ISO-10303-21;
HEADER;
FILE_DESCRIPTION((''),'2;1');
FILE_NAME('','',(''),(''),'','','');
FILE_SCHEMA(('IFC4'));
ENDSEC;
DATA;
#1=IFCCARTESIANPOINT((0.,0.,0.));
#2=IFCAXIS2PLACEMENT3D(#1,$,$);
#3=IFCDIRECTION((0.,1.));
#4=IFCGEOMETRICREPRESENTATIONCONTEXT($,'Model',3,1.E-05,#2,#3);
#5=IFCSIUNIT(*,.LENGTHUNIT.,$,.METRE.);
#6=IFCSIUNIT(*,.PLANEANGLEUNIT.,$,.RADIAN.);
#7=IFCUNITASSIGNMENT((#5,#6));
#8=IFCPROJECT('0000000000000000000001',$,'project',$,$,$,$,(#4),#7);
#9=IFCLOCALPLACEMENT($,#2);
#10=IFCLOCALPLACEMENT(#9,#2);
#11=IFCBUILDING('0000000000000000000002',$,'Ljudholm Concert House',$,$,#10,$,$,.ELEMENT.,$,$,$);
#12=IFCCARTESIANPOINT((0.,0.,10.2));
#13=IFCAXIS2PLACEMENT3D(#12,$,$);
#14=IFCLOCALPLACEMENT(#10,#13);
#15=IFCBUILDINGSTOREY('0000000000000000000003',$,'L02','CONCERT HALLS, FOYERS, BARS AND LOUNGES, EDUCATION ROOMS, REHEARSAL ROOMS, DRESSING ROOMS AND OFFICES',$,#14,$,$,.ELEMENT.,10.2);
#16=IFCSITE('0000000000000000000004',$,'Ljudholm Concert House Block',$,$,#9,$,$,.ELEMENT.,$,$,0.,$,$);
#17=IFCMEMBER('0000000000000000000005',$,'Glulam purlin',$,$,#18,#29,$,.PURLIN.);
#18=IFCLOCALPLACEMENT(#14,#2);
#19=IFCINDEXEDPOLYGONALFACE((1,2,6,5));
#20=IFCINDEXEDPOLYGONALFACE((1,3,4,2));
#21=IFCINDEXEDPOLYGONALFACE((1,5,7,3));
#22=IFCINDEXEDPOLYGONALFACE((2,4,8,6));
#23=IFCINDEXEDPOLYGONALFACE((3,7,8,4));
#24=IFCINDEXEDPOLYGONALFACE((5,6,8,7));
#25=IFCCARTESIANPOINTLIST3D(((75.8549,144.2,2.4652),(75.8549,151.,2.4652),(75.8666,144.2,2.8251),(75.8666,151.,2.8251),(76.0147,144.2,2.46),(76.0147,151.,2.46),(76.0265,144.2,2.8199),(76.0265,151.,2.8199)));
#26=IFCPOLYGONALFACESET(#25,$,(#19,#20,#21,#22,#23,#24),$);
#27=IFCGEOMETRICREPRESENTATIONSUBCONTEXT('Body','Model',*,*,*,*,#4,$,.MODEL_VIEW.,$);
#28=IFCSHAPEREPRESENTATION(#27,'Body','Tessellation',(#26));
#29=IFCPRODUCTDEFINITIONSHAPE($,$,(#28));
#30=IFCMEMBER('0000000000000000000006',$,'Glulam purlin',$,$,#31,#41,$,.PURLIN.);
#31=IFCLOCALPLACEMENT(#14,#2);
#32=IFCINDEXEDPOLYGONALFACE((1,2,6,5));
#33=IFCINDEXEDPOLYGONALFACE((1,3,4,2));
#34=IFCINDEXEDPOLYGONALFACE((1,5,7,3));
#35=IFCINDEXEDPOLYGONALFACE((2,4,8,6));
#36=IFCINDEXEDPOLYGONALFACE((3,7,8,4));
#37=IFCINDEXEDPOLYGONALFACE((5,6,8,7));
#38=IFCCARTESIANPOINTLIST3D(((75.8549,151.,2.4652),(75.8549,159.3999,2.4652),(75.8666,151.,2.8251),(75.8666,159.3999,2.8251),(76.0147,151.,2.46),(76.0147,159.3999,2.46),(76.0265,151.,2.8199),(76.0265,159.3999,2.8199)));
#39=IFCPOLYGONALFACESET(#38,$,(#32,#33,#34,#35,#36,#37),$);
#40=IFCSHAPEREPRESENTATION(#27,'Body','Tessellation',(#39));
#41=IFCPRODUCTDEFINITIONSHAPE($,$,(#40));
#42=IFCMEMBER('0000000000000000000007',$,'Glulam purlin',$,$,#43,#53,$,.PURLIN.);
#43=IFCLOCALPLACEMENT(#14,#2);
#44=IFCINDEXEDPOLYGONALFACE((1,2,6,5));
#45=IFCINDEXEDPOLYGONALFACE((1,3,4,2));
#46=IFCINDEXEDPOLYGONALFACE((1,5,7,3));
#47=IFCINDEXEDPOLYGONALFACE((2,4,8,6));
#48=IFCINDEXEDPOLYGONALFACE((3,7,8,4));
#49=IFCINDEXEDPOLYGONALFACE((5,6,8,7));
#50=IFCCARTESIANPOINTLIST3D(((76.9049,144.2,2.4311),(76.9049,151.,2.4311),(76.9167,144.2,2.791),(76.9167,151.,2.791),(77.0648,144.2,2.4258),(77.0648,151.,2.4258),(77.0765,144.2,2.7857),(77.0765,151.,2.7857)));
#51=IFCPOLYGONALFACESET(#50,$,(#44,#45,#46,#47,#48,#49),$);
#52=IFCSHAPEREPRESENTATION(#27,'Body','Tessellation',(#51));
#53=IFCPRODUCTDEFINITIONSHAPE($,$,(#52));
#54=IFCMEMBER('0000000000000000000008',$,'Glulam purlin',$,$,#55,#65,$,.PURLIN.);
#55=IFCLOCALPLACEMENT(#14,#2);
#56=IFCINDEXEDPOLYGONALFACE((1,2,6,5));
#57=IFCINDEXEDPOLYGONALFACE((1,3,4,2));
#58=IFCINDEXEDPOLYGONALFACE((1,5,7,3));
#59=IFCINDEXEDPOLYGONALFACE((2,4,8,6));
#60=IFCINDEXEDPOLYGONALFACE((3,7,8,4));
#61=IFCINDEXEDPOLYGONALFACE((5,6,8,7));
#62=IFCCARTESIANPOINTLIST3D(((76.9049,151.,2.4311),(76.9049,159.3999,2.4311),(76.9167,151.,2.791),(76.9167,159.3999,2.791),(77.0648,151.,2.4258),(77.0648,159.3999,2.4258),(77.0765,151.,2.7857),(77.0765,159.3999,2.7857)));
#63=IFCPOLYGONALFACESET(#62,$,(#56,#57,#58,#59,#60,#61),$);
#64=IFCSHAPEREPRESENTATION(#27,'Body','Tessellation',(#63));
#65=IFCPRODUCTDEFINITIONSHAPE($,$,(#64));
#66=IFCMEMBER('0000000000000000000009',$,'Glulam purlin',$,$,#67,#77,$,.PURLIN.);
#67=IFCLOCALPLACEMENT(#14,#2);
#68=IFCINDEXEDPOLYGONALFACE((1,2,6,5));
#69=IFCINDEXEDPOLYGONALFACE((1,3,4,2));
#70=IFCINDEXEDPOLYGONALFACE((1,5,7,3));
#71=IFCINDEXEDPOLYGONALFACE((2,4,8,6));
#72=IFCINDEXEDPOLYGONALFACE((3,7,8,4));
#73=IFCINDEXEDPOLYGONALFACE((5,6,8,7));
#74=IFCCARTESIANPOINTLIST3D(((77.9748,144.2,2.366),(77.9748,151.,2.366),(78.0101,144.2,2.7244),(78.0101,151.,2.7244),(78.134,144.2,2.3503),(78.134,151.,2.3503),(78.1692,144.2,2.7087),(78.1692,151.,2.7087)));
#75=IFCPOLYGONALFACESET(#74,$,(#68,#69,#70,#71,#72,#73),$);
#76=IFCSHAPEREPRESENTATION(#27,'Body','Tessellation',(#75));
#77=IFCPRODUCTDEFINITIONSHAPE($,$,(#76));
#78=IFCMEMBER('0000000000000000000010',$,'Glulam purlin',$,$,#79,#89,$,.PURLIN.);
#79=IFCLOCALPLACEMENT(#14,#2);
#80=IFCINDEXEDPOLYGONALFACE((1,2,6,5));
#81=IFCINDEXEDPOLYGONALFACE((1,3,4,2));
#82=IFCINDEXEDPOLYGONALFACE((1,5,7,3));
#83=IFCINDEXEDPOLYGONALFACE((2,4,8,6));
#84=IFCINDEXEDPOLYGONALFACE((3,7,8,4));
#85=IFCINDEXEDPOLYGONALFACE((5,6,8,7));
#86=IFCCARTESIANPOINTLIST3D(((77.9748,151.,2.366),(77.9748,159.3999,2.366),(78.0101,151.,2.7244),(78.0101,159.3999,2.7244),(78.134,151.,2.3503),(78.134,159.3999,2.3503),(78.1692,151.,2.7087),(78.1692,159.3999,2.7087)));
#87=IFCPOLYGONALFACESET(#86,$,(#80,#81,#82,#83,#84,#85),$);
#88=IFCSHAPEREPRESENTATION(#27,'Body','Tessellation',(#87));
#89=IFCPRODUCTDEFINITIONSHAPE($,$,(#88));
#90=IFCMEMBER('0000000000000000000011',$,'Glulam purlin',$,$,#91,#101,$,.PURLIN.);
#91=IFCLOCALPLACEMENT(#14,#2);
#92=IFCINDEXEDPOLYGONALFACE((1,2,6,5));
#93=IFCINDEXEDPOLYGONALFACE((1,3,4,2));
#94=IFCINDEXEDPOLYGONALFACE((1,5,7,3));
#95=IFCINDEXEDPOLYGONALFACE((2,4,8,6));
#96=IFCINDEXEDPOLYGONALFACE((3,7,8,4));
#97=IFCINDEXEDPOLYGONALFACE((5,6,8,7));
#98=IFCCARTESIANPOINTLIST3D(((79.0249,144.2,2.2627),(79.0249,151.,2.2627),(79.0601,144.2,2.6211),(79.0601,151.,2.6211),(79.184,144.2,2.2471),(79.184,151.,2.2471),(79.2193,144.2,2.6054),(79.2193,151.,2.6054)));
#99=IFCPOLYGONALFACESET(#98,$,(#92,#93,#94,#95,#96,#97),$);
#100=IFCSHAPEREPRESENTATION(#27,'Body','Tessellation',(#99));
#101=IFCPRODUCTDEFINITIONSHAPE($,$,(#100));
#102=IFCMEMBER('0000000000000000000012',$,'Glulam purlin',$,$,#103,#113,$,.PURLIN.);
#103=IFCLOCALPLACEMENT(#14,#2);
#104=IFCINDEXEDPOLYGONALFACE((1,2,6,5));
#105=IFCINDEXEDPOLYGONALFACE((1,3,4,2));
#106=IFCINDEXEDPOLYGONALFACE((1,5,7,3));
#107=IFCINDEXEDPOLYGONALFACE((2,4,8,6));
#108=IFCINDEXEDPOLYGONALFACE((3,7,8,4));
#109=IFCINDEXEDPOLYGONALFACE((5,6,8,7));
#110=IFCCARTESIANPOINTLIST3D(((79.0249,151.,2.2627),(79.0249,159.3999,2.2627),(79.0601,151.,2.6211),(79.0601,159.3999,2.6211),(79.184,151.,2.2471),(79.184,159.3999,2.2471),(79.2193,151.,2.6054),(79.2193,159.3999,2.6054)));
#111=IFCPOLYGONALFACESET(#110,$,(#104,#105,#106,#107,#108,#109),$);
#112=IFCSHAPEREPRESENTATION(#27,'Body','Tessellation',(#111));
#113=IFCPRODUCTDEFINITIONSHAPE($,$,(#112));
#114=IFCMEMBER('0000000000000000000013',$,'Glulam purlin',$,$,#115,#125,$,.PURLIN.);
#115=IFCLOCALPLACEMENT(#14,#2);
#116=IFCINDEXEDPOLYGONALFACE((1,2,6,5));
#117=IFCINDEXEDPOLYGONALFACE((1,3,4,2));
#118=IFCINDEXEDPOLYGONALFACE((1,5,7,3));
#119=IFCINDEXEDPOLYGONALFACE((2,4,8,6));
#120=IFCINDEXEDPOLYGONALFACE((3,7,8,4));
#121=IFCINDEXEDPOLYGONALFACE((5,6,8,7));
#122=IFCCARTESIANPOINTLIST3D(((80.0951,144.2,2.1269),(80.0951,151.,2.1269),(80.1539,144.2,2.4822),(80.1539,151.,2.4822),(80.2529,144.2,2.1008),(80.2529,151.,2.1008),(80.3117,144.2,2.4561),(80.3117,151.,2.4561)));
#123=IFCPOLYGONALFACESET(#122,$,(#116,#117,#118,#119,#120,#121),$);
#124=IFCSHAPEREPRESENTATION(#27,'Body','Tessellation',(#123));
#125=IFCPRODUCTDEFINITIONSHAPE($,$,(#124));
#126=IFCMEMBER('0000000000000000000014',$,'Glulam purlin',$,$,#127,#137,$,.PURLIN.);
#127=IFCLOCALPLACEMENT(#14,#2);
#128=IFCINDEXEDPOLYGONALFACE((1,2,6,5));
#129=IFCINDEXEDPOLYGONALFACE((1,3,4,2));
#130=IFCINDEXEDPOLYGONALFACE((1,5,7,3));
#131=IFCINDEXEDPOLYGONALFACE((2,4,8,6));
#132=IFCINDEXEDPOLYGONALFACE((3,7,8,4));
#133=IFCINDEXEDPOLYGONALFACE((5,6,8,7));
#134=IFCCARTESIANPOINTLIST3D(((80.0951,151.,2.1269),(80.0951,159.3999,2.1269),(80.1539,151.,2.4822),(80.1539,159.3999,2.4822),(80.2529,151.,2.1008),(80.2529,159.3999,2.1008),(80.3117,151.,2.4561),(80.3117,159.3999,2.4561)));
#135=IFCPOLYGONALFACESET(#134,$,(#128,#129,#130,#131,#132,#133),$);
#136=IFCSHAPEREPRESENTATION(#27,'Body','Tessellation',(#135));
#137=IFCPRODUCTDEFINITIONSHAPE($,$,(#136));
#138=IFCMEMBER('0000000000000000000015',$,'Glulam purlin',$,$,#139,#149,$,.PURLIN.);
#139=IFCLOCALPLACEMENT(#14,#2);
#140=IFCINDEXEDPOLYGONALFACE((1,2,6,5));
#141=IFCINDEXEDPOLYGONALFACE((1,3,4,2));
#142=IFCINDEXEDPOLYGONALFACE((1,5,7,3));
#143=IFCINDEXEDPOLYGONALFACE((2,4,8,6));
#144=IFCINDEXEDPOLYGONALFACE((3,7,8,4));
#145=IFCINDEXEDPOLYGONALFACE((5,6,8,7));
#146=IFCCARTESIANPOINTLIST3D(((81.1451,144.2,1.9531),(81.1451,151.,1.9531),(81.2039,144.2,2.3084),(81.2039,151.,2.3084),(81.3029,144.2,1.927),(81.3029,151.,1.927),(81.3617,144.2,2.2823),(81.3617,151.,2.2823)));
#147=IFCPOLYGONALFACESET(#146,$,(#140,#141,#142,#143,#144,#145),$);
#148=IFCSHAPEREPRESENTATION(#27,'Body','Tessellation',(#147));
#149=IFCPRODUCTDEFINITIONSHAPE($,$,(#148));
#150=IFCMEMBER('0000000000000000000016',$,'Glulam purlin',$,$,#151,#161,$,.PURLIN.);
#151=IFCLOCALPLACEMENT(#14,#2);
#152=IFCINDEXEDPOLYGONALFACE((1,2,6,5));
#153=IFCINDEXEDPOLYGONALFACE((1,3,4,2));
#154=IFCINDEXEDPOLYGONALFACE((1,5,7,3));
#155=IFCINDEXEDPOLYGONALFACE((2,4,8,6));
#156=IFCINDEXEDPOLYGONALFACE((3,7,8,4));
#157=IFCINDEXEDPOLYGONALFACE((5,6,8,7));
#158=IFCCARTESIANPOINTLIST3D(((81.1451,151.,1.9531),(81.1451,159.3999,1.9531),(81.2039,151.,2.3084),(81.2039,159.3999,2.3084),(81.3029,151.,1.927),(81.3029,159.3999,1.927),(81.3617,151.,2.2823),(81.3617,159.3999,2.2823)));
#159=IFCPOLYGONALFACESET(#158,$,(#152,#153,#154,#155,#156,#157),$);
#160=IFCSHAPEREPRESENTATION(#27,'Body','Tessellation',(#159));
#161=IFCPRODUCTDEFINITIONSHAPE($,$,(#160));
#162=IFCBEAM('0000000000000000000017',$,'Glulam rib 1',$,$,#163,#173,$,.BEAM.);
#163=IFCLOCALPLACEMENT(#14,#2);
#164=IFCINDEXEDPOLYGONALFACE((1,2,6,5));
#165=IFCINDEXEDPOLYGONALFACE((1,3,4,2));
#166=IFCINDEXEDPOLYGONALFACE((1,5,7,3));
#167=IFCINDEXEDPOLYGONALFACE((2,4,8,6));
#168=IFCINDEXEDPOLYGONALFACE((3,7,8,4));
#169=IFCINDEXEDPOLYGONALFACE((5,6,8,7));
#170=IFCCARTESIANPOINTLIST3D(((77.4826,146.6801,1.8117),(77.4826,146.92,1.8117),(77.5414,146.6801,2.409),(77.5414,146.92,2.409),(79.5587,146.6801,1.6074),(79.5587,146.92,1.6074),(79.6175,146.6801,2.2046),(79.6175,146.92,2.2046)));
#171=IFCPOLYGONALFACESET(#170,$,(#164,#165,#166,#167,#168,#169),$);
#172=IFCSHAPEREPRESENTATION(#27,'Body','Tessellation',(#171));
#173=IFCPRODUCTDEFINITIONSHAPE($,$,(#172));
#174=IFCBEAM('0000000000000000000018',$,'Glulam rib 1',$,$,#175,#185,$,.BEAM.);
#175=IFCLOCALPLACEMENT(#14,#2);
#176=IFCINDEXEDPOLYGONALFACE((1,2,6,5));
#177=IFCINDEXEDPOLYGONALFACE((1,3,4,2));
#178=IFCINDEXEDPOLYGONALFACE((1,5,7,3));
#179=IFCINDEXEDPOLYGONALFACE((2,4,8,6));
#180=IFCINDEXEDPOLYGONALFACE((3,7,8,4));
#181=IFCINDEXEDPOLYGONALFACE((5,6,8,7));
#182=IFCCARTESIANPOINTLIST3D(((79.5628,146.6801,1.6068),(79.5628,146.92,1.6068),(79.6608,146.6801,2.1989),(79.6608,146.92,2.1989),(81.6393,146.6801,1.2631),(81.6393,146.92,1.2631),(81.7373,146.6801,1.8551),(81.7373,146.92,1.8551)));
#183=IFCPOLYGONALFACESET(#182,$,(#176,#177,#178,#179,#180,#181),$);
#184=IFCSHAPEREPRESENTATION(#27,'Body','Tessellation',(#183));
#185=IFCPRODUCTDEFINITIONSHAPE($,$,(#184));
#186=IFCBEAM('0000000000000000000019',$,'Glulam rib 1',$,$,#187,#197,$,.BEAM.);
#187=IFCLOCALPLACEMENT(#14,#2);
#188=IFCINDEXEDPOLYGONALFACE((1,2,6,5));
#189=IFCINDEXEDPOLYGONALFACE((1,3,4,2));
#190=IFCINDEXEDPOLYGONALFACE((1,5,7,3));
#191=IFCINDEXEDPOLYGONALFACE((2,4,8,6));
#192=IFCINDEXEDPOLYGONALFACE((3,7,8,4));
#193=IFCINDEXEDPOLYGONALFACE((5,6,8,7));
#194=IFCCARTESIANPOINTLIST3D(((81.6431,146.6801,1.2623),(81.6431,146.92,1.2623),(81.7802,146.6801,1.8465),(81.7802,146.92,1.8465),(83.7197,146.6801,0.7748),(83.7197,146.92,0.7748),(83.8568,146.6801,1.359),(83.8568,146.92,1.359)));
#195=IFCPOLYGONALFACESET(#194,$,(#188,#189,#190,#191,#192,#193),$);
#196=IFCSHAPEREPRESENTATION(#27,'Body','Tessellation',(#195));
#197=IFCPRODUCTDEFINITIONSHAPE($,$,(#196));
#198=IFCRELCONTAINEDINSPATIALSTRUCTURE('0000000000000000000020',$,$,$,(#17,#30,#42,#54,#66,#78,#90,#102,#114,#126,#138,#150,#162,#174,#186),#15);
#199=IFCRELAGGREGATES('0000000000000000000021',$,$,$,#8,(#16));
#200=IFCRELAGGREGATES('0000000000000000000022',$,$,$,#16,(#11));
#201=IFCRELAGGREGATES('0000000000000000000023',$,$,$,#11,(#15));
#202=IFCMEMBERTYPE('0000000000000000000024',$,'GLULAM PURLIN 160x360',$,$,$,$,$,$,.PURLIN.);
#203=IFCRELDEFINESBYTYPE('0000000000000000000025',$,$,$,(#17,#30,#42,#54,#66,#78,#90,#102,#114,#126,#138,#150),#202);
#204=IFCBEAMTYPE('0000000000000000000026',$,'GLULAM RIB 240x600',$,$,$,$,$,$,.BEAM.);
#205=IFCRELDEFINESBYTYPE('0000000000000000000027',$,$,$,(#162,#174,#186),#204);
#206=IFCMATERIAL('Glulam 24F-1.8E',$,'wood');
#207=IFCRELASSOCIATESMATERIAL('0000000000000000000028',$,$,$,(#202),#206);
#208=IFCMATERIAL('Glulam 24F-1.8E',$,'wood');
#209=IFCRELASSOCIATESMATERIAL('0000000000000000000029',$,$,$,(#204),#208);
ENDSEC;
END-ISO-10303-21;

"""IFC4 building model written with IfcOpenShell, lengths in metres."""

from ifc_helpers import new_model, si_unit, direction, frame, origin, origin_2d, place, context, subcontext, project, spatial, rectangle, extrude, material, material_profile, profile_set, type_object, element, save


model = new_model("IFC4")

# Units and contexts
model_context = context("Model", 3, precision=1e-05, world=origin(), true_north=direction((0.0, 1.0)))
body_context = subcontext(model_context, "Body", "Model", "MODEL_VIEW")
ifc_project = project(units=[si_unit("LENGTHUNIT", "METRE"), si_unit("PLANEANGLEUNIT", "RADIAN")], contexts=[model_context])

# Site, building, storey
site_placement = place(None, origin())
site = spatial("IfcSite", under=ifc_project, at=site_placement, Name="Ljudholm Concert House Block", CompositionType="ELEMENT", RefElevation=0.0)
building_placement = place(site_placement, origin())
building = spatial("IfcBuilding", under=site, at=building_placement, Name="Ljudholm Concert House", CompositionType="ELEMENT")
storey_placement = place(building_placement, frame((0.0, 0.0, 10.2)))
storey = spatial("IfcBuildingStorey", under=building, at=storey_placement, Name="L02", Description="CONCERT HALLS, FOYERS, BARS AND LOUNGES, EDUCATION ROOMS, REHEARSAL ROOMS, DRESSING ROOMS AND OFFICES", CompositionType="ELEMENT", Elevation=10.2)

# Members
ifc_material_1 = material(Name="Glulam 24F-1.8E", Category="wood")
ifc_material_profile_1 = material_profile(ifc_material_1, rectangle(XDim=0.1599, YDim=0.3601, at=origin_2d()), Name="GLULAM PURLIN 160x360")
ifc_profile_set_1 = profile_set([ifc_material_profile_1], Name="Glulam 24F-1.8E")
member_type = type_object("IfcMemberType", Name="GLULAM PURLIN 160x360", PredefinedType="PURLIN", material=ifc_profile_set_1)
member_1_placement = place(storey_placement, frame((75.9407, 144.2, 2.6426), z_axis=(0.0, 1.0, 0.0), x_axis=(-0.999467, 0.0, 0.032655)))
element("IfcMember", 1, at=member_1_placement, inside=storey, type_object=member_type, Name="Glulam purlin", PredefinedType="PURLIN", context=body_context, shape_type="SweptSolid", body=[
    extrude(rectangle(XDim=0.1599, YDim=0.3601, at=origin_2d()), origin(), (0.0, 0.0, 1.0), 6.8),
])
member_2_placement = place(storey_placement, frame((75.9407, 151.0, 2.6426), z_axis=(0.0, 1.0, 0.0), x_axis=(-0.999467, 0.0, 0.032655)))
element("IfcMember", 2, at=member_2_placement, inside=storey, type_object=member_type, Name="Glulam purlin", PredefinedType="PURLIN", context=body_context, shape_type="SweptSolid", body=[
    extrude(rectangle(XDim=0.1599, YDim=0.3601, at=origin_2d()), origin(), (0.0, 0.0, 1.0), 8.3999),
])
member_3_placement = place(storey_placement, frame((76.9907, 144.2, 2.6084), z_axis=(0.0, 1.0, 0.0), x_axis=(-0.999467, 0.0, 0.032655)))
element("IfcMember", 3, at=member_3_placement, inside=storey, type_object=member_type, Name="Glulam purlin", PredefinedType="PURLIN", context=body_context, shape_type="SweptSolid", body=[
    extrude(rectangle(XDim=0.1599, YDim=0.3601, at=origin_2d()), origin(), (0.0, 0.0, 1.0), 6.8),
])
member_4_placement = place(storey_placement, frame((76.9907, 151.0, 2.6084), z_axis=(0.0, 1.0, 0.0), x_axis=(-0.999467, 0.0, 0.032655)))
element("IfcMember", 4, at=member_4_placement, inside=storey, type_object=member_type, Name="Glulam purlin", PredefinedType="PURLIN", context=body_context, shape_type="SweptSolid", body=[
    extrude(rectangle(XDim=0.1599, YDim=0.3601, at=origin_2d()), origin(), (0.0, 0.0, 1.0), 8.3999),
])
member_5_placement = place(storey_placement, frame((78.072, 144.2, 2.5374), z_axis=(0.0, 1.0, 0.0), x_axis=(-0.99519, 0.0, 0.097964)))
element("IfcMember", 5, at=member_5_placement, inside=storey, type_object=member_type, Name="Glulam purlin", PredefinedType="PURLIN", context=body_context, shape_type="SweptSolid", body=[
    extrude(rectangle(XDim=0.1599, YDim=0.3601, at=origin_2d()), origin(), (0.0, 0.0, 1.0), 6.8),
])
member_6_placement = place(storey_placement, frame((78.072, 151.0, 2.5374), z_axis=(0.0, 1.0, 0.0), x_axis=(-0.99519, 0.0, 0.097964)))
element("IfcMember", 6, at=member_6_placement, inside=storey, type_object=member_type, Name="Glulam purlin", PredefinedType="PURLIN", context=body_context, shape_type="SweptSolid", body=[
    extrude(rectangle(XDim=0.1599, YDim=0.3601, at=origin_2d()), origin(), (0.0, 0.0, 1.0), 8.3999),
])
member_7_placement = place(storey_placement, frame((79.1221, 144.2, 2.4341), z_axis=(0.0, 1.0, 0.0), x_axis=(-0.99519, 0.0, 0.097964)))
element("IfcMember", 7, at=member_7_placement, inside=storey, type_object=member_type, Name="Glulam purlin", PredefinedType="PURLIN", context=body_context, shape_type="SweptSolid", body=[
    extrude(rectangle(XDim=0.1599, YDim=0.3601, at=origin_2d()), origin(), (0.0, 0.0, 1.0), 6.8),
])
member_8_placement = place(storey_placement, frame((79.1221, 151.0, 2.4341), z_axis=(0.0, 1.0, 0.0), x_axis=(-0.99519, 0.0, 0.097964)))
element("IfcMember", 8, at=member_8_placement, inside=storey, type_object=member_type, Name="Glulam purlin", PredefinedType="PURLIN", context=body_context, shape_type="SweptSolid", body=[
    extrude(rectangle(XDim=0.1599, YDim=0.3601, at=origin_2d()), origin(), (0.0, 0.0, 1.0), 8.3999),
])
member_9_placement = place(storey_placement, frame((80.2034, 144.2, 2.2915), z_axis=(0.0, 1.0, 0.0), x_axis=(-0.986581, 0.0, 0.163275)))
element("IfcMember", 9, at=member_9_placement, inside=storey, type_object=member_type, Name="Glulam purlin", PredefinedType="PURLIN", context=body_context, shape_type="SweptSolid", body=[
    extrude(rectangle(XDim=0.1599, YDim=0.3601, at=origin_2d()), origin(), (0.0, 0.0, 1.0), 6.8),
])
member_10_placement = place(storey_placement, frame((80.2034, 151.0, 2.2915), z_axis=(0.0, 1.0, 0.0), x_axis=(-0.986581, 0.0, 0.163275)))
element("IfcMember", 10, at=member_10_placement, inside=storey, type_object=member_type, Name="Glulam purlin", PredefinedType="PURLIN", context=body_context, shape_type="SweptSolid", body=[
    extrude(rectangle(XDim=0.1599, YDim=0.3601, at=origin_2d()), origin(), (0.0, 0.0, 1.0), 8.3999),
])
member_11_placement = place(storey_placement, frame((81.2534, 144.2, 2.1177), z_axis=(0.0, 1.0, 0.0), x_axis=(-0.986581, 0.0, 0.163275)))
element("IfcMember", 11, at=member_11_placement, inside=storey, type_object=member_type, Name="Glulam purlin", PredefinedType="PURLIN", context=body_context, shape_type="SweptSolid", body=[
    extrude(rectangle(XDim=0.1599, YDim=0.3601, at=origin_2d()), origin(), (0.0, 0.0, 1.0), 6.8),
])
member_12_placement = place(storey_placement, frame((81.2534, 151.0, 2.1177), z_axis=(0.0, 1.0, 0.0), x_axis=(-0.986581, 0.0, 0.163275)))
element("IfcMember", 12, at=member_12_placement, inside=storey, type_object=member_type, Name="Glulam purlin", PredefinedType="PURLIN", context=body_context, shape_type="SweptSolid", body=[
    extrude(rectangle(XDim=0.1599, YDim=0.3601, at=origin_2d()), origin(), (0.0, 0.0, 1.0), 8.3999),
])

# Beams
ifc_material_2 = material(Name="Glulam 24F-1.8E", Category="wood")
ifc_material_profile_2 = material_profile(ifc_material_2, rectangle(XDim=0.24, YDim=0.6001, at=origin_2d()), Name="GLULAM RIB 240x600")
ifc_profile_set_2 = profile_set([ifc_material_profile_2], Name="Glulam 24F-1.8E")
beam_type = type_object("IfcBeamType", Name="GLULAM RIB 240x600", PredefinedType="BEAM", material=ifc_profile_set_2)
beam_1_placement = place(storey_placement, frame((77.512, 146.8, 2.1104), z_axis=(0.995191, 0.0, -0.097951), x_axis=(0.0, 1.0, 0.0)))
element("IfcBeam", 13, at=beam_1_placement, inside=storey, type_object=beam_type, Name="Glulam rib 1", PredefinedType="BEAM", context=body_context, shape_type="SweptSolid", body=[
    extrude(rectangle(XDim=0.24, YDim=0.6001, at=origin_2d()), origin(), (0.0, 0.0, 1.0), 2.0862),
])
beam_2_placement = place(storey_placement, frame((79.6118, 146.8, 1.9028), z_axis=(0.986572, 0.0, -0.163327), x_axis=(0.0, 1.0, 0.0)))
element("IfcBeam", 14, at=beam_2_placement, inside=storey, type_object=beam_type, Name="Glulam rib 1", PredefinedType="BEAM", context=body_context, shape_type="SweptSolid", body=[
    extrude(rectangle(XDim=0.24, YDim=0.6001, at=origin_2d()), origin(), (0.0, 0.0, 1.0), 2.1047),
])
beam_3_placement = place(storey_placement, frame((81.7117, 146.8, 1.5544), z_axis=(0.97353, 0.0, -0.228561), x_axis=(0.0, 1.0, 0.0)))
element("IfcBeam", 15, at=beam_3_placement, inside=storey, type_object=beam_type, Name="Glulam rib 1", PredefinedType="BEAM", context=body_context, shape_type="SweptSolid", body=[
    extrude(rectangle(XDim=0.24, YDim=0.6001, at=origin_2d()), origin(), (0.0, 0.0, 1.0), 2.1331),
])

save(model, "model.ifc")
